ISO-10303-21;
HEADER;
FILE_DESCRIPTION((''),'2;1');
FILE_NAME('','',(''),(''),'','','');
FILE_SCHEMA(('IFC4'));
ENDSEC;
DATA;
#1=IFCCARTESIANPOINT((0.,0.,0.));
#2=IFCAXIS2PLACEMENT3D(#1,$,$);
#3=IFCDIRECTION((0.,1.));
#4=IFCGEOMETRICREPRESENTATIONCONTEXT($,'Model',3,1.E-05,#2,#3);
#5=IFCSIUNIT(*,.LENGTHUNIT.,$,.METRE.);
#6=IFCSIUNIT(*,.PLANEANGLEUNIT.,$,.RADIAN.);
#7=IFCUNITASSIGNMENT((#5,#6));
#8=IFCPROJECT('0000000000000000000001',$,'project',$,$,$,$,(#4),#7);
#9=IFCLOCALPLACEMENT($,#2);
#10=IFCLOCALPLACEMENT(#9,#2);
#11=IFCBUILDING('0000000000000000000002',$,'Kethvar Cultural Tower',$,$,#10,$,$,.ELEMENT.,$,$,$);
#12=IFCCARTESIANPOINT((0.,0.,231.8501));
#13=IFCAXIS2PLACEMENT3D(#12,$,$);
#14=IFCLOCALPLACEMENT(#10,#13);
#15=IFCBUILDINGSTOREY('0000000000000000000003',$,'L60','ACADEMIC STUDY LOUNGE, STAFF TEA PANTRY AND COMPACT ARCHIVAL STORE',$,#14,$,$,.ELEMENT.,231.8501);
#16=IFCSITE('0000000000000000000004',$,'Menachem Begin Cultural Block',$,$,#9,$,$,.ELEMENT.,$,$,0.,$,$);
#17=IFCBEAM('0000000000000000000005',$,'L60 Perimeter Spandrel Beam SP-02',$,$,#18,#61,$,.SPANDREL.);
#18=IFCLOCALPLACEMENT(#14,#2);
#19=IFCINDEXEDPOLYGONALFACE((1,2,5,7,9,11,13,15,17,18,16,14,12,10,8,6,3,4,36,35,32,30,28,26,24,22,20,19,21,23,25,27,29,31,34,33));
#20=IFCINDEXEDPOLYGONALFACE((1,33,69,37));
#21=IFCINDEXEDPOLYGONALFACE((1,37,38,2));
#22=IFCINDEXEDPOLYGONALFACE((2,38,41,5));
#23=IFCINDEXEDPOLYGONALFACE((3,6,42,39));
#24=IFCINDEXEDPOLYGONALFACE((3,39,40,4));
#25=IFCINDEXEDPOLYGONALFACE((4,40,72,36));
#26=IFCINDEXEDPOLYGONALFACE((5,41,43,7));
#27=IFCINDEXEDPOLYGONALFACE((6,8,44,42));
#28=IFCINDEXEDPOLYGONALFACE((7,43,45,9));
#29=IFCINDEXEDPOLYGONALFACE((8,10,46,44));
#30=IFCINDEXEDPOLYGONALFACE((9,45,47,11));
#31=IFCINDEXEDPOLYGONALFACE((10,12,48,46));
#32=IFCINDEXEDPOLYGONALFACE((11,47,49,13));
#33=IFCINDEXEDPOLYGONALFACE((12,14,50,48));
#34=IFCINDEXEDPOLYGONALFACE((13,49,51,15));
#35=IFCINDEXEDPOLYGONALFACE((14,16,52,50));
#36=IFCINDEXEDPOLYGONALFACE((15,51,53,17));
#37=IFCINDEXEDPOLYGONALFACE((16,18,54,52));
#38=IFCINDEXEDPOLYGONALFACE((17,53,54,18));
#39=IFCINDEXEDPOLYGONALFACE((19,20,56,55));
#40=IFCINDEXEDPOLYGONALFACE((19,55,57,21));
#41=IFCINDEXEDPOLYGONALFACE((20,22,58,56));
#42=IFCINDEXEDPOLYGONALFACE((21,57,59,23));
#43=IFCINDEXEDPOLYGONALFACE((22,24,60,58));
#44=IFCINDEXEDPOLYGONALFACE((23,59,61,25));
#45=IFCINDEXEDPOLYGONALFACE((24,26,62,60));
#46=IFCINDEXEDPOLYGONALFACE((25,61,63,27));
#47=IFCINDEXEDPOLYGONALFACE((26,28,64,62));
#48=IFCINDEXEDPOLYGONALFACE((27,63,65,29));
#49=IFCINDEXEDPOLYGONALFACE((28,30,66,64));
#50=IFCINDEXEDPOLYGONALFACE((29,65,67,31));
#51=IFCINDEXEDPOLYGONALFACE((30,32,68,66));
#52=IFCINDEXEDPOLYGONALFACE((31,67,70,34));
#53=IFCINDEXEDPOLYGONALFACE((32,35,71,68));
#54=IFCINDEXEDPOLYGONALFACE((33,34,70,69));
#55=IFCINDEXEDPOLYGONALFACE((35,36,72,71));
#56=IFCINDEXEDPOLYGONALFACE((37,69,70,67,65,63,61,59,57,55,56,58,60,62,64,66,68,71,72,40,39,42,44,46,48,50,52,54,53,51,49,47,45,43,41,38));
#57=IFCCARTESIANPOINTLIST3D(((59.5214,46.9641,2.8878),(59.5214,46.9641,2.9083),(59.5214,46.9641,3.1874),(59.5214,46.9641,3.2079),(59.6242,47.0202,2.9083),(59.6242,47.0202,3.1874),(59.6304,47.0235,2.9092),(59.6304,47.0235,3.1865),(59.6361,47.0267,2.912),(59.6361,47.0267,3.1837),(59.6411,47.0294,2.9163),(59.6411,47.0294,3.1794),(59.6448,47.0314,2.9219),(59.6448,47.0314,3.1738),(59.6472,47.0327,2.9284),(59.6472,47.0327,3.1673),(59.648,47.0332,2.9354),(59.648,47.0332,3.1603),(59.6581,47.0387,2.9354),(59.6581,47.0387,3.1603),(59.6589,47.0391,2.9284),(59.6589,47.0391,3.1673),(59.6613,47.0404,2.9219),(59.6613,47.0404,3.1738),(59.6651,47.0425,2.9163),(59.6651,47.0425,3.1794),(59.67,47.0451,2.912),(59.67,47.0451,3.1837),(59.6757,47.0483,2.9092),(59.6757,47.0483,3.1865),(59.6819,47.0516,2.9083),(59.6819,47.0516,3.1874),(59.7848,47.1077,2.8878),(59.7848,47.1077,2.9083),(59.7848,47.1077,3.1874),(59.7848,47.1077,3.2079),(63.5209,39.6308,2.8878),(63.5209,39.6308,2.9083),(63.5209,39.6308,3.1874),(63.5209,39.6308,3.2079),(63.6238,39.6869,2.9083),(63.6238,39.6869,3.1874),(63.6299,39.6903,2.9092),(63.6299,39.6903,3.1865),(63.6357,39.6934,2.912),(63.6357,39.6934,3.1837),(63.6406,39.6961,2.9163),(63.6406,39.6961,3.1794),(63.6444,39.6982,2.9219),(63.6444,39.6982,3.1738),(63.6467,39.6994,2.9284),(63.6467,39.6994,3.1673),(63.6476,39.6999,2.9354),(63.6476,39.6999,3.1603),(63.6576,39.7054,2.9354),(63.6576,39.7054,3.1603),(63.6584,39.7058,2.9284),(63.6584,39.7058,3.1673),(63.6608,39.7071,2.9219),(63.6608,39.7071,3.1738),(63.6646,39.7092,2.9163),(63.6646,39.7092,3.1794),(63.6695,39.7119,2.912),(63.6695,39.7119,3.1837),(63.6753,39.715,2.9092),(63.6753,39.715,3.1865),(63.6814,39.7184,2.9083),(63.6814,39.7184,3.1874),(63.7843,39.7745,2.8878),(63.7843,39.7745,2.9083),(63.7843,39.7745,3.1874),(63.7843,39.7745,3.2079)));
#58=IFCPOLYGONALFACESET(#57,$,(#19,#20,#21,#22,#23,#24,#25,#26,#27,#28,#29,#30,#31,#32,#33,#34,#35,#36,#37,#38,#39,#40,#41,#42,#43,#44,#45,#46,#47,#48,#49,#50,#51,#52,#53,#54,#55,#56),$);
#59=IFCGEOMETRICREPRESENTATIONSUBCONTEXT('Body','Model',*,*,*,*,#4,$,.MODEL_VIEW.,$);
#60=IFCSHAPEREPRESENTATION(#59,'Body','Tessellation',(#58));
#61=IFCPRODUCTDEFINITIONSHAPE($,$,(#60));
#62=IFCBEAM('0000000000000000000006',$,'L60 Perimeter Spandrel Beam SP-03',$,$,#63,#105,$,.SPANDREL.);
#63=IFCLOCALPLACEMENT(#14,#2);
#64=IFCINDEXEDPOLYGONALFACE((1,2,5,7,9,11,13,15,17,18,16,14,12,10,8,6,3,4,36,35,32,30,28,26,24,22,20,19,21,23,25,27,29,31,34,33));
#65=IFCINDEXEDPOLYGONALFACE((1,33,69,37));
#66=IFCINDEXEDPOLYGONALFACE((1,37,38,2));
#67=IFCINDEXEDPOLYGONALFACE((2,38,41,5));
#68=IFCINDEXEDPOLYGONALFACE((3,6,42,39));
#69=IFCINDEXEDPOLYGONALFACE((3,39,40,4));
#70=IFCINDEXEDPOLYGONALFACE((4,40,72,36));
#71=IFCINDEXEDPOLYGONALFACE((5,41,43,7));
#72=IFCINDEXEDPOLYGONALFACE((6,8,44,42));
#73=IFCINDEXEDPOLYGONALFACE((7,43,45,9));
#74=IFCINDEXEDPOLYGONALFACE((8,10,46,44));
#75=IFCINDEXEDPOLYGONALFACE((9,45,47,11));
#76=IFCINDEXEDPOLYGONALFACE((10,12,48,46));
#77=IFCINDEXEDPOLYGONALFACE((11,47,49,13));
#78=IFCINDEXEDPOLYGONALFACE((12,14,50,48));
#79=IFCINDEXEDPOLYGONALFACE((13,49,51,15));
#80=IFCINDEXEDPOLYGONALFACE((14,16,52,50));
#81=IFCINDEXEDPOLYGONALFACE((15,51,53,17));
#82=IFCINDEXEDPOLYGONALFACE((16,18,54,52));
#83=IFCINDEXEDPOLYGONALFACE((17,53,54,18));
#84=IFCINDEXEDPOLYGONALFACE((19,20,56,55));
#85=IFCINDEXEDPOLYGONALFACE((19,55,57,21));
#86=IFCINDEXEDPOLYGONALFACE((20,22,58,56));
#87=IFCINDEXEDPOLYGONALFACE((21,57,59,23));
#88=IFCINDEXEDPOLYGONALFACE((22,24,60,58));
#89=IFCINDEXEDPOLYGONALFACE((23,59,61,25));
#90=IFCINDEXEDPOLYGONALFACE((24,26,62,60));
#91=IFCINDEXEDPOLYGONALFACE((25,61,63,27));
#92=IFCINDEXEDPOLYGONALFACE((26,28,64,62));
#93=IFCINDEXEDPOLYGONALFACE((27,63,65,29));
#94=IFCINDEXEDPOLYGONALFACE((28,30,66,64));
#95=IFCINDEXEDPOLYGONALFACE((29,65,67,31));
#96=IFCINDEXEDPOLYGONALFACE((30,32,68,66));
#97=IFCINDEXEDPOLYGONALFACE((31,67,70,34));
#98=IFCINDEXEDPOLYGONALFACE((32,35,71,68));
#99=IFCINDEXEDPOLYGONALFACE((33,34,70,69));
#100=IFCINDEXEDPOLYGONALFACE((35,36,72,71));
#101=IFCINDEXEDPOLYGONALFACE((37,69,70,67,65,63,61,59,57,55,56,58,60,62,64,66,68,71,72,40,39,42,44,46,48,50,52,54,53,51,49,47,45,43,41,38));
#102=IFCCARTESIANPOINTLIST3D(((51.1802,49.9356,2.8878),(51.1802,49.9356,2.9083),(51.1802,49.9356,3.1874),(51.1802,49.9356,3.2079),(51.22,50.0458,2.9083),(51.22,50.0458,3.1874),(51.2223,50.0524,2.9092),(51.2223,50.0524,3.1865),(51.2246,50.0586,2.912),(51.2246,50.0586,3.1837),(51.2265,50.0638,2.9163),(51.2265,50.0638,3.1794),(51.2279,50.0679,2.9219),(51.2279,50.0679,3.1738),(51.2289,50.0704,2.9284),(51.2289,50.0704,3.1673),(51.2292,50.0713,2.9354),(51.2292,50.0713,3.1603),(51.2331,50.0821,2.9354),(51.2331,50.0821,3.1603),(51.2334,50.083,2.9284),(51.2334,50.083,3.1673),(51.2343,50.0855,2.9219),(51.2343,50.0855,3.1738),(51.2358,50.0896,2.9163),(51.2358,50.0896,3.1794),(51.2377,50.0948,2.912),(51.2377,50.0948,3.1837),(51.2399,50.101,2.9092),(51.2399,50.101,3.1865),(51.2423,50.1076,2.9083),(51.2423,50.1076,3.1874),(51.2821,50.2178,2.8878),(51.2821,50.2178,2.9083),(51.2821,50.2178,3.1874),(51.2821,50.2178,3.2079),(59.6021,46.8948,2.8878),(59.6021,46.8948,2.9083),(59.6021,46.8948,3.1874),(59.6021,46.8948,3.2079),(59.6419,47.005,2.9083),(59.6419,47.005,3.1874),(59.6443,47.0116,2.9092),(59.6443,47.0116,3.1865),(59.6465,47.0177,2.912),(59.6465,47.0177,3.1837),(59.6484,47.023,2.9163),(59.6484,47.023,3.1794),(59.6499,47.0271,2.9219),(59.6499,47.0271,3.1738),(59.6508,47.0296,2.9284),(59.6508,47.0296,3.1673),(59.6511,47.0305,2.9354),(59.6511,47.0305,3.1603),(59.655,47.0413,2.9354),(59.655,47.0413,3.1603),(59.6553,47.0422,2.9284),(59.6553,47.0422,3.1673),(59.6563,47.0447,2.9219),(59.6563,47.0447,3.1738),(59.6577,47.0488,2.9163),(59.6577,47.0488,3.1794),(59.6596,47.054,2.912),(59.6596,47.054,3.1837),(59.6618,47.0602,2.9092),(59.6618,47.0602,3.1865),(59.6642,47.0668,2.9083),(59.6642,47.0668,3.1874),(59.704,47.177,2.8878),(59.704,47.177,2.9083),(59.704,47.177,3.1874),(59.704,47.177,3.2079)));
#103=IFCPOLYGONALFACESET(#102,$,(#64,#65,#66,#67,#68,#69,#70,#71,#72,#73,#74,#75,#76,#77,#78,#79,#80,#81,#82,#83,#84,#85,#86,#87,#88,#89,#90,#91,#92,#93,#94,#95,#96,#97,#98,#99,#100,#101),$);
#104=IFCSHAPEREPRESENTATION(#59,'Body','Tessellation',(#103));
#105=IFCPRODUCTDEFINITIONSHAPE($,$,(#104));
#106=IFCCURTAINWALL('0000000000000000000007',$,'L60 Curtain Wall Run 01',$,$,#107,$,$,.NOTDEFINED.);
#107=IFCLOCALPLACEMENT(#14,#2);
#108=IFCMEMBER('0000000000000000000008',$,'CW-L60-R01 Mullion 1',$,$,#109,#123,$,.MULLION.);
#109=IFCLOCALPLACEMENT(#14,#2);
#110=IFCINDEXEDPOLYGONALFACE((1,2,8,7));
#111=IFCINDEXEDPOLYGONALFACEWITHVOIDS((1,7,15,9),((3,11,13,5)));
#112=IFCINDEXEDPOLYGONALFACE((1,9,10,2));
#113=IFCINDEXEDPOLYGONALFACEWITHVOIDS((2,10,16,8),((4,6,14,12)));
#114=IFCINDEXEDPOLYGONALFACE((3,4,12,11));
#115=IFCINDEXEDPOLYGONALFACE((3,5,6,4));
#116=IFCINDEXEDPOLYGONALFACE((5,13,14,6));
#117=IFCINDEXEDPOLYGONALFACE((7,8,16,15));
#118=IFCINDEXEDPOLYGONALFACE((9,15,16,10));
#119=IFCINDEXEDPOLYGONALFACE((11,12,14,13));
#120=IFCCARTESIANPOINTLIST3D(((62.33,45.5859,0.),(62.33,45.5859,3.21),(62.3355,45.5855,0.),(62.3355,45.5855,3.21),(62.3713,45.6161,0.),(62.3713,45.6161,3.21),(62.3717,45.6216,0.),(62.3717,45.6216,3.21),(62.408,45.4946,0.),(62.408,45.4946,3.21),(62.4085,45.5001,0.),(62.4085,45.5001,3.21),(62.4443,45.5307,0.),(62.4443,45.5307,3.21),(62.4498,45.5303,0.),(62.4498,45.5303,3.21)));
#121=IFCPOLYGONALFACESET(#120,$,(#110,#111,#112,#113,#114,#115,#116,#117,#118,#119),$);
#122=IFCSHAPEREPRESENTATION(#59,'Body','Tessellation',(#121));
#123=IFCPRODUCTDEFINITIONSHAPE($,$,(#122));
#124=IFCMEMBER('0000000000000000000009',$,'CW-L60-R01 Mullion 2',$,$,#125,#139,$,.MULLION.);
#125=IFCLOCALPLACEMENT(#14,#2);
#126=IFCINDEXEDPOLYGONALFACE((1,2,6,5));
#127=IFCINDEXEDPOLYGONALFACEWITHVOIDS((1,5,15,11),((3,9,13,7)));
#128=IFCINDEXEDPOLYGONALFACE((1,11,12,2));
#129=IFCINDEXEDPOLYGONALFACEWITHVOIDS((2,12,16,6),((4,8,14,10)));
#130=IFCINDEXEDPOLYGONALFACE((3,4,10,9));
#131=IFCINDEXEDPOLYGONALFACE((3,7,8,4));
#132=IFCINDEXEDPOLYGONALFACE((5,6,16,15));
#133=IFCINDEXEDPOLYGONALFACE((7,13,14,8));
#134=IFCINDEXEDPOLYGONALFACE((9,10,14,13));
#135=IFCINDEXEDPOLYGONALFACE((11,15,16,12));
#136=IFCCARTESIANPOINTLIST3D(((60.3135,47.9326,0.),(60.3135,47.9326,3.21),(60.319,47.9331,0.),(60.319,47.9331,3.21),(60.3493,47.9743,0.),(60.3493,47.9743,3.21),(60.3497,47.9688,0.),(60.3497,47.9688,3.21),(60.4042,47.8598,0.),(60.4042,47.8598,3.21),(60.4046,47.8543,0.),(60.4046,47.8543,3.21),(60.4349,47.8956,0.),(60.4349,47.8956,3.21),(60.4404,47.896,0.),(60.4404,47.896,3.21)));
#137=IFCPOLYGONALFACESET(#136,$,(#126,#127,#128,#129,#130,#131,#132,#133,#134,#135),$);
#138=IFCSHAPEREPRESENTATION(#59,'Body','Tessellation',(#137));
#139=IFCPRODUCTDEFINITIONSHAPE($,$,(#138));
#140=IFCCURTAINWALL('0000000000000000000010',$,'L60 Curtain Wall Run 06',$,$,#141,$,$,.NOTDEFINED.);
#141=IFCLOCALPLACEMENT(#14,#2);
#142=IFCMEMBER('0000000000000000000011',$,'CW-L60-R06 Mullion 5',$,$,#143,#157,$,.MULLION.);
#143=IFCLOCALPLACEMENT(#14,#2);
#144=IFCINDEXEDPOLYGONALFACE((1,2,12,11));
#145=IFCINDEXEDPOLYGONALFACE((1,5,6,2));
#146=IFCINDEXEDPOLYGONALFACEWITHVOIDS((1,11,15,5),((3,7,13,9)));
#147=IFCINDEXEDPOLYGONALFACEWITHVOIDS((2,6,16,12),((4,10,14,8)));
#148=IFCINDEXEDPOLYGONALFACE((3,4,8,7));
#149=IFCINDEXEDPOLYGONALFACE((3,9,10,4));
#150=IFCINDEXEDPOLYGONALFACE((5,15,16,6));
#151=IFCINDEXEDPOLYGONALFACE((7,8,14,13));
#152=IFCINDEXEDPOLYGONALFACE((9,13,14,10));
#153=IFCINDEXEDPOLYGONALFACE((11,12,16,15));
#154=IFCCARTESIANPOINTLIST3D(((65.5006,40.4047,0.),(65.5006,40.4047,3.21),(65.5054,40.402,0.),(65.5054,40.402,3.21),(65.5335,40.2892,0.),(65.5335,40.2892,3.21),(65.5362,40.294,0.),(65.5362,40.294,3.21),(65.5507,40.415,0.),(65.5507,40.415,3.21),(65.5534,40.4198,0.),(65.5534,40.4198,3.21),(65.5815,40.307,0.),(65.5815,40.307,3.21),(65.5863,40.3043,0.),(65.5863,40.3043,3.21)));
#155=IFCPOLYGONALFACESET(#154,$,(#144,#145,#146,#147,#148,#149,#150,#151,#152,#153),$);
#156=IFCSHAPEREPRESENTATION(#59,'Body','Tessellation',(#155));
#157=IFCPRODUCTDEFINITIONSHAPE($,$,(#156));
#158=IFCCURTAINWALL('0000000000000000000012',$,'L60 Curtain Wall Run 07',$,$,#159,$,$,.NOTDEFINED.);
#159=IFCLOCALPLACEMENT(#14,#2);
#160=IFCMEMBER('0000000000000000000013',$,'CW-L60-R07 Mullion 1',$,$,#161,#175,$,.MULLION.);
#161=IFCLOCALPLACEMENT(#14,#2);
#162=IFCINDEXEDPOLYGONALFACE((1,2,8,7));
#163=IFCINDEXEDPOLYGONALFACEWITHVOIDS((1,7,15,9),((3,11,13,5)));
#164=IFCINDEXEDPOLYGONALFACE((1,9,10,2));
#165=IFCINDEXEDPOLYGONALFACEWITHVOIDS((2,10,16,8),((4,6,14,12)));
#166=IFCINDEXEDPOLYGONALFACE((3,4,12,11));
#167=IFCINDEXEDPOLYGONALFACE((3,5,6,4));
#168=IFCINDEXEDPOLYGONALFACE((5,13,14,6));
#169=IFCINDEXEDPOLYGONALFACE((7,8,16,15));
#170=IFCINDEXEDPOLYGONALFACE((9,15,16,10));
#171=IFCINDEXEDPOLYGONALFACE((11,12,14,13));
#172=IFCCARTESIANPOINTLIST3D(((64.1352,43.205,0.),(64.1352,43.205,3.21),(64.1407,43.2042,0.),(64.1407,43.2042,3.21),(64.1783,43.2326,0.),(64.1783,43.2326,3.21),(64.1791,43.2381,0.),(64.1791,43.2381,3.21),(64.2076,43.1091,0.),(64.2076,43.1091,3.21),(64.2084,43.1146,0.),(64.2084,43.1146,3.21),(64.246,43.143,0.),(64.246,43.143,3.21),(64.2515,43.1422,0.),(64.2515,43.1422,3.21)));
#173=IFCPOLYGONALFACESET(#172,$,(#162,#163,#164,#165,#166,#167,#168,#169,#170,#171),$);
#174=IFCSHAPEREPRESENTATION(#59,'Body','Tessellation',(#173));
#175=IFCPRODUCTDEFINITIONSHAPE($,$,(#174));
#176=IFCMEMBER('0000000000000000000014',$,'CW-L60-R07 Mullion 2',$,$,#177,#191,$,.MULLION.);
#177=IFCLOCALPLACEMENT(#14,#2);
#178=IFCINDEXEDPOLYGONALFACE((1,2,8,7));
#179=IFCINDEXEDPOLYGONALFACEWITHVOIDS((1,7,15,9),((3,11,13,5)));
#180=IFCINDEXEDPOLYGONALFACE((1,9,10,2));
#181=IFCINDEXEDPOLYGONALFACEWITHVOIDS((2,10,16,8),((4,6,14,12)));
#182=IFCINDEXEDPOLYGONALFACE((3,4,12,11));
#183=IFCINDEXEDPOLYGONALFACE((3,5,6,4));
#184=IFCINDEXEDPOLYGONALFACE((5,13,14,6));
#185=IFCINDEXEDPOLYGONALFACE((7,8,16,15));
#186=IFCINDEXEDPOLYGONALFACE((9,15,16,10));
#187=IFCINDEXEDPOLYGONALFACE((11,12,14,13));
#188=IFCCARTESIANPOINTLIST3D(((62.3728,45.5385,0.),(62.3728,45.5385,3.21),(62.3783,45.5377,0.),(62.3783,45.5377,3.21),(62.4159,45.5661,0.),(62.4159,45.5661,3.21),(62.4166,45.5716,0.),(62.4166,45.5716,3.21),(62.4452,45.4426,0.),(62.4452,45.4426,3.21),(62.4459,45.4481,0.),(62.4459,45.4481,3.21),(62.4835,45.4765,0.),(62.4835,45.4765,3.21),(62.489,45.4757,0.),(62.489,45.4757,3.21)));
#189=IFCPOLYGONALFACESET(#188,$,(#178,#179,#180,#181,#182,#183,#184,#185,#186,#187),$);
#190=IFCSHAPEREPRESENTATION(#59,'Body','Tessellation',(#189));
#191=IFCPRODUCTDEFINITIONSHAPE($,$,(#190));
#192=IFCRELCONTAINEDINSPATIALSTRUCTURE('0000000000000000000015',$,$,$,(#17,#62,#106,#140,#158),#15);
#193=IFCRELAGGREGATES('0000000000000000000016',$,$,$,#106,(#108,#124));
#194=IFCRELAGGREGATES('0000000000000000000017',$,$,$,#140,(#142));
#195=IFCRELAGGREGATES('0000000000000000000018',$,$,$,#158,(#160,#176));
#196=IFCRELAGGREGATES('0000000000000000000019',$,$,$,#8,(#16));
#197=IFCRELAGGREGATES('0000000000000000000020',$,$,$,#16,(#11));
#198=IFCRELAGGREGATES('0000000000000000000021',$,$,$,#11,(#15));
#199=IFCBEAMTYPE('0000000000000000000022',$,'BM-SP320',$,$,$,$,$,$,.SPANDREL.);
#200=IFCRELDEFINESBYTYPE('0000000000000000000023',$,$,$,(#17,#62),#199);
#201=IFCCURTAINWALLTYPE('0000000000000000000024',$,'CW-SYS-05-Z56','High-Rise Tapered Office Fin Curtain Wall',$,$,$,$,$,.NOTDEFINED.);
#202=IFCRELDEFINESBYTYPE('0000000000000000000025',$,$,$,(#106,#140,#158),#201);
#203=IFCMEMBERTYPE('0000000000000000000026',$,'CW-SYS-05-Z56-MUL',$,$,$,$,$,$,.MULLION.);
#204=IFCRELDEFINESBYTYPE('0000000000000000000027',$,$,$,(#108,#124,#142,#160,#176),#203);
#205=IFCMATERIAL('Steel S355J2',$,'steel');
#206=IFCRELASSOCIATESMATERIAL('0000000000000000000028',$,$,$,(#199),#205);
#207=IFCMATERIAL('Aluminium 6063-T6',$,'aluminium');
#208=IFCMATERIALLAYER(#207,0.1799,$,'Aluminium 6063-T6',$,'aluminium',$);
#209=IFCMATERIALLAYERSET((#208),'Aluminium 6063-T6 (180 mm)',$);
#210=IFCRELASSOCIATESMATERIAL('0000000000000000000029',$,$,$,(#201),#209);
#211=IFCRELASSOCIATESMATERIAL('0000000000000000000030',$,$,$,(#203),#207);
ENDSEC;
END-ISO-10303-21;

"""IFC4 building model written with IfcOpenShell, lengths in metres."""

from ifc_helpers import new_model, si_unit, direction, frame, origin, origin_2d, place, context, subcontext, project, spatial, hollow_rectangle, i_section, extrude, source, transform, mapped, material, layer, layer_set, material_profile, profile_set, type_object, element, aggregate, save


model = new_model("IFC4")

# Units and contexts
model_context = context("Model", 3, precision=1e-05, world=origin(), true_north=direction((0.0, 1.0)))
body_context = subcontext(model_context, "Body", "Model", "MODEL_VIEW")
ifc_project = project(units=[si_unit("LENGTHUNIT", "METRE"), si_unit("PLANEANGLEUNIT", "RADIAN")], contexts=[model_context])

# Site, building, storey
site_placement = place(None, origin())
site = spatial("IfcSite", under=ifc_project, at=site_placement, Name="Menachem Begin Cultural Block", CompositionType="ELEMENT", RefElevation=0.0)
building_placement = place(site_placement, origin())
building = spatial("IfcBuilding", under=site, at=building_placement, Name="Kethvar Cultural Tower", CompositionType="ELEMENT")
storey_placement = place(building_placement, frame((0.0, 0.0, 231.8501)))
storey = spatial("IfcBuildingStorey", under=building, at=storey_placement, Name="L60", Description="ACADEMIC STUDY LOUNGE, STAFF TEA PANTRY AND COMPACT ARCHIVAL STORE", CompositionType="ELEMENT", Elevation=231.8501)

# Beams
ifc_material_1 = material(Name="Steel S355J2", Category="steel")
ifc_material_profile_1 = material_profile(ifc_material_1, i_section(OverallWidth=0.3, OverallDepth=0.3201, WebThickness=0.0115, FlangeThickness=0.0205, FilletRadius=0.0271, at=origin_2d()), Name="Steel S355J2 — HEB320")
ifc_profile_set_1 = profile_set([ifc_material_profile_1], Name="Steel S355J2 — HEB320")
beam_type = type_object("IfcBeamType", Name="BM-SP320", PredefinedType="SPANDREL", material=ifc_profile_set_1)
shared_shape_1 = source(origin(), body_context, "Body", "SweptSolid", [
    extrude(i_section(OverallWidth=0.3, OverallDepth=0.3201, WebThickness=0.0115, FlangeThickness=0.0205, FilletRadius=0.0271, at=origin_2d()), origin(), (0.0, 0.0, 1.0), 8.353),
])
beam_1_placement = place(storey_placement, frame((63.6526, 39.7026, 3.0479), z_axis=(-0.478811, 0.877918, 0.0), x_axis=(-0.877918, -0.478811, 0.0)))
element("IfcBeam", 1, at=beam_1_placement, inside=storey, type_object=beam_type, Name="L60 Perimeter Spandrel Beam SP-02", PredefinedType="SPANDREL", context=body_context, shape_type="MappedRepresentation", body=[
    mapped(shared_shape_1, transform((0.0, 0.0, 0.0), scale=1.0)),
])
shared_shape_2 = source(origin(), body_context, "Body", "SweptSolid", [
    extrude(i_section(OverallWidth=0.3, OverallDepth=0.3201, WebThickness=0.0115, FlangeThickness=0.0205, FilletRadius=0.0271, at=origin_2d()), origin(), (0.0, 0.0, 1.0), 8.9541),
])
beam_2_placement = place(storey_placement, frame((59.6531, 47.0359, 3.0479), z_axis=(-0.94057, 0.339599, 0.0), x_axis=(-0.339599, -0.94057, 0.0)))
element("IfcBeam", 2, at=beam_2_placement, inside=storey, type_object=beam_type, Name="L60 Perimeter Spandrel Beam SP-03", PredefinedType="SPANDREL", context=body_context, shape_type="MappedRepresentation", body=[
    mapped(shared_shape_2, transform((0.0, 0.0, 0.0), scale=1.0)),
])

# Curtain wall, members
ifc_material_2 = material(Name="Aluminium 6063-T6", Category="aluminium")
ifc_layer_1 = layer(ifc_material_2, 0.1799, Name="Aluminium 6063-T6", Category="aluminium")
ifc_layer_set_1 = layer_set([ifc_layer_1], Name="Aluminium 6063-T6 (180 mm)")
curtain_wall_type = type_object("IfcCurtainWallType", Name="CW-SYS-05-Z56", Description="High-Rise Tapered Office Fin Curtain Wall", PredefinedType="NOTDEFINED", material=ifc_layer_set_1)
curtain_wall_1_placement = place(storey_placement, origin())
curtain_wall_1 = element("IfcCurtainWall", 3, at=curtain_wall_1_placement, inside=storey, type_object=curtain_wall_type, Name="L60 Curtain Wall Run 01", PredefinedType="NOTDEFINED")
ifc_material_profile_2 = material_profile(ifc_material_2, hollow_rectangle(XDim=0.0549, YDim=0.1201, WallThickness=0.0039, at=origin_2d()), Name="Aluminium 6063-T6 — RHS120x55x4")
ifc_profile_set_2 = profile_set([ifc_material_profile_2], Name="Aluminium 6063-T6 — RHS120x55x4")
member_type_1 = type_object("IfcMemberType", Name="CW-SYS-05-Z56-MUL", PredefinedType="MULLION", material=ifc_profile_set_2)
shared_shape_3 = source(origin(), body_context, "Body", "SweptSolid", [
    extrude(hollow_rectangle(XDim=0.0549, YDim=0.1201, WallThickness=0.0039, at=origin_2d()), origin(), (0.0, 0.0, 1.0), 3.21),
])
member_1_placement = place(storey_placement, frame((62.3899, 45.5581, 0.0), z_axis=(0.0, 0.0, 1.0), x_axis=(-0.760066, -0.649846, 0.0)))
member_1 = element("IfcMember", 4, at=member_1_placement, type_object=member_type_1, Name="CW-L60-R01 Mullion 1", PredefinedType="MULLION", context=body_context, shape_type="MappedRepresentation", body=[
    mapped(shared_shape_3, transform((0.0, 0.0, 0.0), scale=1.0)),
])
member_2_placement = place(storey_placement, frame((60.377, 47.9143, 0.0), z_axis=(0.0, 0.0, 1.0), x_axis=(-0.652112, -0.758123, 0.0)))
member_2 = element("IfcMember", 5, at=member_2_placement, type_object=member_type_1, Name="CW-L60-R01 Mullion 2", PredefinedType="MULLION", context=body_context, shape_type="MappedRepresentation", body=[
    mapped(shared_shape_3, transform((0.0, 0.0, 0.0), scale=1.0)),
])

# Curtain wall, member
curtain_wall_2_placement = place(storey_placement, origin())
curtain_wall_2 = element("IfcCurtainWall", 6, at=curtain_wall_2_placement, inside=storey, type_object=curtain_wall_type, Name="L60 Curtain Wall Run 06", PredefinedType="NOTDEFINED")
member_3_placement = place(storey_placement, frame((65.5435, 40.3545, 0.0), z_axis=(0.0, 0.0, 1.0), x_axis=(-0.961655, -0.274261, 0.0)))
member_3 = element("IfcMember", 7, at=member_3_placement, type_object=member_type_1, Name="CW-L60-R06 Mullion 5", PredefinedType="MULLION", context=body_context, shape_type="MappedRepresentation", body=[
    mapped(shared_shape_3, transform((0.0, 0.0, 0.0), scale=1.0)),
])

# Curtain wall, members
curtain_wall_3_placement = place(storey_placement, origin())
curtain_wall_3 = element("IfcCurtainWall", 8, at=curtain_wall_3_placement, inside=storey, type_object=curtain_wall_type, Name="L60 Curtain Wall Run 07", PredefinedType="NOTDEFINED")
member_4_placement = place(storey_placement, frame((64.1934, 43.1736, 0.0), z_axis=(0.0, 0.0, 1.0), x_axis=(-0.798005, -0.602651, 0.0)))
member_4 = element("IfcMember", 9, at=member_4_placement, type_object=member_type_1, Name="CW-L60-R07 Mullion 1", PredefinedType="MULLION", context=body_context, shape_type="MappedRepresentation", body=[
    mapped(shared_shape_3, transform((0.0, 0.0, 0.0), scale=1.0)),
])
member_5_placement = place(storey_placement, frame((62.4309, 45.5071, 0.0), z_axis=(0.0, 0.0, 1.0), x_axis=(-0.798005, -0.602651, 0.0)))
member_5 = element("IfcMember", 10, at=member_5_placement, type_object=member_type_1, Name="CW-L60-R07 Mullion 2", PredefinedType="MULLION", context=body_context, shape_type="MappedRepresentation", body=[
    mapped(shared_shape_3, transform((0.0, 0.0, 0.0), scale=1.0)),
])

aggregate(curtain_wall_1, [member_1, member_2])
aggregate(curtain_wall_2, [member_3])
aggregate(curtain_wall_3, [member_4, member_5])

save(model, "model.ifc")
